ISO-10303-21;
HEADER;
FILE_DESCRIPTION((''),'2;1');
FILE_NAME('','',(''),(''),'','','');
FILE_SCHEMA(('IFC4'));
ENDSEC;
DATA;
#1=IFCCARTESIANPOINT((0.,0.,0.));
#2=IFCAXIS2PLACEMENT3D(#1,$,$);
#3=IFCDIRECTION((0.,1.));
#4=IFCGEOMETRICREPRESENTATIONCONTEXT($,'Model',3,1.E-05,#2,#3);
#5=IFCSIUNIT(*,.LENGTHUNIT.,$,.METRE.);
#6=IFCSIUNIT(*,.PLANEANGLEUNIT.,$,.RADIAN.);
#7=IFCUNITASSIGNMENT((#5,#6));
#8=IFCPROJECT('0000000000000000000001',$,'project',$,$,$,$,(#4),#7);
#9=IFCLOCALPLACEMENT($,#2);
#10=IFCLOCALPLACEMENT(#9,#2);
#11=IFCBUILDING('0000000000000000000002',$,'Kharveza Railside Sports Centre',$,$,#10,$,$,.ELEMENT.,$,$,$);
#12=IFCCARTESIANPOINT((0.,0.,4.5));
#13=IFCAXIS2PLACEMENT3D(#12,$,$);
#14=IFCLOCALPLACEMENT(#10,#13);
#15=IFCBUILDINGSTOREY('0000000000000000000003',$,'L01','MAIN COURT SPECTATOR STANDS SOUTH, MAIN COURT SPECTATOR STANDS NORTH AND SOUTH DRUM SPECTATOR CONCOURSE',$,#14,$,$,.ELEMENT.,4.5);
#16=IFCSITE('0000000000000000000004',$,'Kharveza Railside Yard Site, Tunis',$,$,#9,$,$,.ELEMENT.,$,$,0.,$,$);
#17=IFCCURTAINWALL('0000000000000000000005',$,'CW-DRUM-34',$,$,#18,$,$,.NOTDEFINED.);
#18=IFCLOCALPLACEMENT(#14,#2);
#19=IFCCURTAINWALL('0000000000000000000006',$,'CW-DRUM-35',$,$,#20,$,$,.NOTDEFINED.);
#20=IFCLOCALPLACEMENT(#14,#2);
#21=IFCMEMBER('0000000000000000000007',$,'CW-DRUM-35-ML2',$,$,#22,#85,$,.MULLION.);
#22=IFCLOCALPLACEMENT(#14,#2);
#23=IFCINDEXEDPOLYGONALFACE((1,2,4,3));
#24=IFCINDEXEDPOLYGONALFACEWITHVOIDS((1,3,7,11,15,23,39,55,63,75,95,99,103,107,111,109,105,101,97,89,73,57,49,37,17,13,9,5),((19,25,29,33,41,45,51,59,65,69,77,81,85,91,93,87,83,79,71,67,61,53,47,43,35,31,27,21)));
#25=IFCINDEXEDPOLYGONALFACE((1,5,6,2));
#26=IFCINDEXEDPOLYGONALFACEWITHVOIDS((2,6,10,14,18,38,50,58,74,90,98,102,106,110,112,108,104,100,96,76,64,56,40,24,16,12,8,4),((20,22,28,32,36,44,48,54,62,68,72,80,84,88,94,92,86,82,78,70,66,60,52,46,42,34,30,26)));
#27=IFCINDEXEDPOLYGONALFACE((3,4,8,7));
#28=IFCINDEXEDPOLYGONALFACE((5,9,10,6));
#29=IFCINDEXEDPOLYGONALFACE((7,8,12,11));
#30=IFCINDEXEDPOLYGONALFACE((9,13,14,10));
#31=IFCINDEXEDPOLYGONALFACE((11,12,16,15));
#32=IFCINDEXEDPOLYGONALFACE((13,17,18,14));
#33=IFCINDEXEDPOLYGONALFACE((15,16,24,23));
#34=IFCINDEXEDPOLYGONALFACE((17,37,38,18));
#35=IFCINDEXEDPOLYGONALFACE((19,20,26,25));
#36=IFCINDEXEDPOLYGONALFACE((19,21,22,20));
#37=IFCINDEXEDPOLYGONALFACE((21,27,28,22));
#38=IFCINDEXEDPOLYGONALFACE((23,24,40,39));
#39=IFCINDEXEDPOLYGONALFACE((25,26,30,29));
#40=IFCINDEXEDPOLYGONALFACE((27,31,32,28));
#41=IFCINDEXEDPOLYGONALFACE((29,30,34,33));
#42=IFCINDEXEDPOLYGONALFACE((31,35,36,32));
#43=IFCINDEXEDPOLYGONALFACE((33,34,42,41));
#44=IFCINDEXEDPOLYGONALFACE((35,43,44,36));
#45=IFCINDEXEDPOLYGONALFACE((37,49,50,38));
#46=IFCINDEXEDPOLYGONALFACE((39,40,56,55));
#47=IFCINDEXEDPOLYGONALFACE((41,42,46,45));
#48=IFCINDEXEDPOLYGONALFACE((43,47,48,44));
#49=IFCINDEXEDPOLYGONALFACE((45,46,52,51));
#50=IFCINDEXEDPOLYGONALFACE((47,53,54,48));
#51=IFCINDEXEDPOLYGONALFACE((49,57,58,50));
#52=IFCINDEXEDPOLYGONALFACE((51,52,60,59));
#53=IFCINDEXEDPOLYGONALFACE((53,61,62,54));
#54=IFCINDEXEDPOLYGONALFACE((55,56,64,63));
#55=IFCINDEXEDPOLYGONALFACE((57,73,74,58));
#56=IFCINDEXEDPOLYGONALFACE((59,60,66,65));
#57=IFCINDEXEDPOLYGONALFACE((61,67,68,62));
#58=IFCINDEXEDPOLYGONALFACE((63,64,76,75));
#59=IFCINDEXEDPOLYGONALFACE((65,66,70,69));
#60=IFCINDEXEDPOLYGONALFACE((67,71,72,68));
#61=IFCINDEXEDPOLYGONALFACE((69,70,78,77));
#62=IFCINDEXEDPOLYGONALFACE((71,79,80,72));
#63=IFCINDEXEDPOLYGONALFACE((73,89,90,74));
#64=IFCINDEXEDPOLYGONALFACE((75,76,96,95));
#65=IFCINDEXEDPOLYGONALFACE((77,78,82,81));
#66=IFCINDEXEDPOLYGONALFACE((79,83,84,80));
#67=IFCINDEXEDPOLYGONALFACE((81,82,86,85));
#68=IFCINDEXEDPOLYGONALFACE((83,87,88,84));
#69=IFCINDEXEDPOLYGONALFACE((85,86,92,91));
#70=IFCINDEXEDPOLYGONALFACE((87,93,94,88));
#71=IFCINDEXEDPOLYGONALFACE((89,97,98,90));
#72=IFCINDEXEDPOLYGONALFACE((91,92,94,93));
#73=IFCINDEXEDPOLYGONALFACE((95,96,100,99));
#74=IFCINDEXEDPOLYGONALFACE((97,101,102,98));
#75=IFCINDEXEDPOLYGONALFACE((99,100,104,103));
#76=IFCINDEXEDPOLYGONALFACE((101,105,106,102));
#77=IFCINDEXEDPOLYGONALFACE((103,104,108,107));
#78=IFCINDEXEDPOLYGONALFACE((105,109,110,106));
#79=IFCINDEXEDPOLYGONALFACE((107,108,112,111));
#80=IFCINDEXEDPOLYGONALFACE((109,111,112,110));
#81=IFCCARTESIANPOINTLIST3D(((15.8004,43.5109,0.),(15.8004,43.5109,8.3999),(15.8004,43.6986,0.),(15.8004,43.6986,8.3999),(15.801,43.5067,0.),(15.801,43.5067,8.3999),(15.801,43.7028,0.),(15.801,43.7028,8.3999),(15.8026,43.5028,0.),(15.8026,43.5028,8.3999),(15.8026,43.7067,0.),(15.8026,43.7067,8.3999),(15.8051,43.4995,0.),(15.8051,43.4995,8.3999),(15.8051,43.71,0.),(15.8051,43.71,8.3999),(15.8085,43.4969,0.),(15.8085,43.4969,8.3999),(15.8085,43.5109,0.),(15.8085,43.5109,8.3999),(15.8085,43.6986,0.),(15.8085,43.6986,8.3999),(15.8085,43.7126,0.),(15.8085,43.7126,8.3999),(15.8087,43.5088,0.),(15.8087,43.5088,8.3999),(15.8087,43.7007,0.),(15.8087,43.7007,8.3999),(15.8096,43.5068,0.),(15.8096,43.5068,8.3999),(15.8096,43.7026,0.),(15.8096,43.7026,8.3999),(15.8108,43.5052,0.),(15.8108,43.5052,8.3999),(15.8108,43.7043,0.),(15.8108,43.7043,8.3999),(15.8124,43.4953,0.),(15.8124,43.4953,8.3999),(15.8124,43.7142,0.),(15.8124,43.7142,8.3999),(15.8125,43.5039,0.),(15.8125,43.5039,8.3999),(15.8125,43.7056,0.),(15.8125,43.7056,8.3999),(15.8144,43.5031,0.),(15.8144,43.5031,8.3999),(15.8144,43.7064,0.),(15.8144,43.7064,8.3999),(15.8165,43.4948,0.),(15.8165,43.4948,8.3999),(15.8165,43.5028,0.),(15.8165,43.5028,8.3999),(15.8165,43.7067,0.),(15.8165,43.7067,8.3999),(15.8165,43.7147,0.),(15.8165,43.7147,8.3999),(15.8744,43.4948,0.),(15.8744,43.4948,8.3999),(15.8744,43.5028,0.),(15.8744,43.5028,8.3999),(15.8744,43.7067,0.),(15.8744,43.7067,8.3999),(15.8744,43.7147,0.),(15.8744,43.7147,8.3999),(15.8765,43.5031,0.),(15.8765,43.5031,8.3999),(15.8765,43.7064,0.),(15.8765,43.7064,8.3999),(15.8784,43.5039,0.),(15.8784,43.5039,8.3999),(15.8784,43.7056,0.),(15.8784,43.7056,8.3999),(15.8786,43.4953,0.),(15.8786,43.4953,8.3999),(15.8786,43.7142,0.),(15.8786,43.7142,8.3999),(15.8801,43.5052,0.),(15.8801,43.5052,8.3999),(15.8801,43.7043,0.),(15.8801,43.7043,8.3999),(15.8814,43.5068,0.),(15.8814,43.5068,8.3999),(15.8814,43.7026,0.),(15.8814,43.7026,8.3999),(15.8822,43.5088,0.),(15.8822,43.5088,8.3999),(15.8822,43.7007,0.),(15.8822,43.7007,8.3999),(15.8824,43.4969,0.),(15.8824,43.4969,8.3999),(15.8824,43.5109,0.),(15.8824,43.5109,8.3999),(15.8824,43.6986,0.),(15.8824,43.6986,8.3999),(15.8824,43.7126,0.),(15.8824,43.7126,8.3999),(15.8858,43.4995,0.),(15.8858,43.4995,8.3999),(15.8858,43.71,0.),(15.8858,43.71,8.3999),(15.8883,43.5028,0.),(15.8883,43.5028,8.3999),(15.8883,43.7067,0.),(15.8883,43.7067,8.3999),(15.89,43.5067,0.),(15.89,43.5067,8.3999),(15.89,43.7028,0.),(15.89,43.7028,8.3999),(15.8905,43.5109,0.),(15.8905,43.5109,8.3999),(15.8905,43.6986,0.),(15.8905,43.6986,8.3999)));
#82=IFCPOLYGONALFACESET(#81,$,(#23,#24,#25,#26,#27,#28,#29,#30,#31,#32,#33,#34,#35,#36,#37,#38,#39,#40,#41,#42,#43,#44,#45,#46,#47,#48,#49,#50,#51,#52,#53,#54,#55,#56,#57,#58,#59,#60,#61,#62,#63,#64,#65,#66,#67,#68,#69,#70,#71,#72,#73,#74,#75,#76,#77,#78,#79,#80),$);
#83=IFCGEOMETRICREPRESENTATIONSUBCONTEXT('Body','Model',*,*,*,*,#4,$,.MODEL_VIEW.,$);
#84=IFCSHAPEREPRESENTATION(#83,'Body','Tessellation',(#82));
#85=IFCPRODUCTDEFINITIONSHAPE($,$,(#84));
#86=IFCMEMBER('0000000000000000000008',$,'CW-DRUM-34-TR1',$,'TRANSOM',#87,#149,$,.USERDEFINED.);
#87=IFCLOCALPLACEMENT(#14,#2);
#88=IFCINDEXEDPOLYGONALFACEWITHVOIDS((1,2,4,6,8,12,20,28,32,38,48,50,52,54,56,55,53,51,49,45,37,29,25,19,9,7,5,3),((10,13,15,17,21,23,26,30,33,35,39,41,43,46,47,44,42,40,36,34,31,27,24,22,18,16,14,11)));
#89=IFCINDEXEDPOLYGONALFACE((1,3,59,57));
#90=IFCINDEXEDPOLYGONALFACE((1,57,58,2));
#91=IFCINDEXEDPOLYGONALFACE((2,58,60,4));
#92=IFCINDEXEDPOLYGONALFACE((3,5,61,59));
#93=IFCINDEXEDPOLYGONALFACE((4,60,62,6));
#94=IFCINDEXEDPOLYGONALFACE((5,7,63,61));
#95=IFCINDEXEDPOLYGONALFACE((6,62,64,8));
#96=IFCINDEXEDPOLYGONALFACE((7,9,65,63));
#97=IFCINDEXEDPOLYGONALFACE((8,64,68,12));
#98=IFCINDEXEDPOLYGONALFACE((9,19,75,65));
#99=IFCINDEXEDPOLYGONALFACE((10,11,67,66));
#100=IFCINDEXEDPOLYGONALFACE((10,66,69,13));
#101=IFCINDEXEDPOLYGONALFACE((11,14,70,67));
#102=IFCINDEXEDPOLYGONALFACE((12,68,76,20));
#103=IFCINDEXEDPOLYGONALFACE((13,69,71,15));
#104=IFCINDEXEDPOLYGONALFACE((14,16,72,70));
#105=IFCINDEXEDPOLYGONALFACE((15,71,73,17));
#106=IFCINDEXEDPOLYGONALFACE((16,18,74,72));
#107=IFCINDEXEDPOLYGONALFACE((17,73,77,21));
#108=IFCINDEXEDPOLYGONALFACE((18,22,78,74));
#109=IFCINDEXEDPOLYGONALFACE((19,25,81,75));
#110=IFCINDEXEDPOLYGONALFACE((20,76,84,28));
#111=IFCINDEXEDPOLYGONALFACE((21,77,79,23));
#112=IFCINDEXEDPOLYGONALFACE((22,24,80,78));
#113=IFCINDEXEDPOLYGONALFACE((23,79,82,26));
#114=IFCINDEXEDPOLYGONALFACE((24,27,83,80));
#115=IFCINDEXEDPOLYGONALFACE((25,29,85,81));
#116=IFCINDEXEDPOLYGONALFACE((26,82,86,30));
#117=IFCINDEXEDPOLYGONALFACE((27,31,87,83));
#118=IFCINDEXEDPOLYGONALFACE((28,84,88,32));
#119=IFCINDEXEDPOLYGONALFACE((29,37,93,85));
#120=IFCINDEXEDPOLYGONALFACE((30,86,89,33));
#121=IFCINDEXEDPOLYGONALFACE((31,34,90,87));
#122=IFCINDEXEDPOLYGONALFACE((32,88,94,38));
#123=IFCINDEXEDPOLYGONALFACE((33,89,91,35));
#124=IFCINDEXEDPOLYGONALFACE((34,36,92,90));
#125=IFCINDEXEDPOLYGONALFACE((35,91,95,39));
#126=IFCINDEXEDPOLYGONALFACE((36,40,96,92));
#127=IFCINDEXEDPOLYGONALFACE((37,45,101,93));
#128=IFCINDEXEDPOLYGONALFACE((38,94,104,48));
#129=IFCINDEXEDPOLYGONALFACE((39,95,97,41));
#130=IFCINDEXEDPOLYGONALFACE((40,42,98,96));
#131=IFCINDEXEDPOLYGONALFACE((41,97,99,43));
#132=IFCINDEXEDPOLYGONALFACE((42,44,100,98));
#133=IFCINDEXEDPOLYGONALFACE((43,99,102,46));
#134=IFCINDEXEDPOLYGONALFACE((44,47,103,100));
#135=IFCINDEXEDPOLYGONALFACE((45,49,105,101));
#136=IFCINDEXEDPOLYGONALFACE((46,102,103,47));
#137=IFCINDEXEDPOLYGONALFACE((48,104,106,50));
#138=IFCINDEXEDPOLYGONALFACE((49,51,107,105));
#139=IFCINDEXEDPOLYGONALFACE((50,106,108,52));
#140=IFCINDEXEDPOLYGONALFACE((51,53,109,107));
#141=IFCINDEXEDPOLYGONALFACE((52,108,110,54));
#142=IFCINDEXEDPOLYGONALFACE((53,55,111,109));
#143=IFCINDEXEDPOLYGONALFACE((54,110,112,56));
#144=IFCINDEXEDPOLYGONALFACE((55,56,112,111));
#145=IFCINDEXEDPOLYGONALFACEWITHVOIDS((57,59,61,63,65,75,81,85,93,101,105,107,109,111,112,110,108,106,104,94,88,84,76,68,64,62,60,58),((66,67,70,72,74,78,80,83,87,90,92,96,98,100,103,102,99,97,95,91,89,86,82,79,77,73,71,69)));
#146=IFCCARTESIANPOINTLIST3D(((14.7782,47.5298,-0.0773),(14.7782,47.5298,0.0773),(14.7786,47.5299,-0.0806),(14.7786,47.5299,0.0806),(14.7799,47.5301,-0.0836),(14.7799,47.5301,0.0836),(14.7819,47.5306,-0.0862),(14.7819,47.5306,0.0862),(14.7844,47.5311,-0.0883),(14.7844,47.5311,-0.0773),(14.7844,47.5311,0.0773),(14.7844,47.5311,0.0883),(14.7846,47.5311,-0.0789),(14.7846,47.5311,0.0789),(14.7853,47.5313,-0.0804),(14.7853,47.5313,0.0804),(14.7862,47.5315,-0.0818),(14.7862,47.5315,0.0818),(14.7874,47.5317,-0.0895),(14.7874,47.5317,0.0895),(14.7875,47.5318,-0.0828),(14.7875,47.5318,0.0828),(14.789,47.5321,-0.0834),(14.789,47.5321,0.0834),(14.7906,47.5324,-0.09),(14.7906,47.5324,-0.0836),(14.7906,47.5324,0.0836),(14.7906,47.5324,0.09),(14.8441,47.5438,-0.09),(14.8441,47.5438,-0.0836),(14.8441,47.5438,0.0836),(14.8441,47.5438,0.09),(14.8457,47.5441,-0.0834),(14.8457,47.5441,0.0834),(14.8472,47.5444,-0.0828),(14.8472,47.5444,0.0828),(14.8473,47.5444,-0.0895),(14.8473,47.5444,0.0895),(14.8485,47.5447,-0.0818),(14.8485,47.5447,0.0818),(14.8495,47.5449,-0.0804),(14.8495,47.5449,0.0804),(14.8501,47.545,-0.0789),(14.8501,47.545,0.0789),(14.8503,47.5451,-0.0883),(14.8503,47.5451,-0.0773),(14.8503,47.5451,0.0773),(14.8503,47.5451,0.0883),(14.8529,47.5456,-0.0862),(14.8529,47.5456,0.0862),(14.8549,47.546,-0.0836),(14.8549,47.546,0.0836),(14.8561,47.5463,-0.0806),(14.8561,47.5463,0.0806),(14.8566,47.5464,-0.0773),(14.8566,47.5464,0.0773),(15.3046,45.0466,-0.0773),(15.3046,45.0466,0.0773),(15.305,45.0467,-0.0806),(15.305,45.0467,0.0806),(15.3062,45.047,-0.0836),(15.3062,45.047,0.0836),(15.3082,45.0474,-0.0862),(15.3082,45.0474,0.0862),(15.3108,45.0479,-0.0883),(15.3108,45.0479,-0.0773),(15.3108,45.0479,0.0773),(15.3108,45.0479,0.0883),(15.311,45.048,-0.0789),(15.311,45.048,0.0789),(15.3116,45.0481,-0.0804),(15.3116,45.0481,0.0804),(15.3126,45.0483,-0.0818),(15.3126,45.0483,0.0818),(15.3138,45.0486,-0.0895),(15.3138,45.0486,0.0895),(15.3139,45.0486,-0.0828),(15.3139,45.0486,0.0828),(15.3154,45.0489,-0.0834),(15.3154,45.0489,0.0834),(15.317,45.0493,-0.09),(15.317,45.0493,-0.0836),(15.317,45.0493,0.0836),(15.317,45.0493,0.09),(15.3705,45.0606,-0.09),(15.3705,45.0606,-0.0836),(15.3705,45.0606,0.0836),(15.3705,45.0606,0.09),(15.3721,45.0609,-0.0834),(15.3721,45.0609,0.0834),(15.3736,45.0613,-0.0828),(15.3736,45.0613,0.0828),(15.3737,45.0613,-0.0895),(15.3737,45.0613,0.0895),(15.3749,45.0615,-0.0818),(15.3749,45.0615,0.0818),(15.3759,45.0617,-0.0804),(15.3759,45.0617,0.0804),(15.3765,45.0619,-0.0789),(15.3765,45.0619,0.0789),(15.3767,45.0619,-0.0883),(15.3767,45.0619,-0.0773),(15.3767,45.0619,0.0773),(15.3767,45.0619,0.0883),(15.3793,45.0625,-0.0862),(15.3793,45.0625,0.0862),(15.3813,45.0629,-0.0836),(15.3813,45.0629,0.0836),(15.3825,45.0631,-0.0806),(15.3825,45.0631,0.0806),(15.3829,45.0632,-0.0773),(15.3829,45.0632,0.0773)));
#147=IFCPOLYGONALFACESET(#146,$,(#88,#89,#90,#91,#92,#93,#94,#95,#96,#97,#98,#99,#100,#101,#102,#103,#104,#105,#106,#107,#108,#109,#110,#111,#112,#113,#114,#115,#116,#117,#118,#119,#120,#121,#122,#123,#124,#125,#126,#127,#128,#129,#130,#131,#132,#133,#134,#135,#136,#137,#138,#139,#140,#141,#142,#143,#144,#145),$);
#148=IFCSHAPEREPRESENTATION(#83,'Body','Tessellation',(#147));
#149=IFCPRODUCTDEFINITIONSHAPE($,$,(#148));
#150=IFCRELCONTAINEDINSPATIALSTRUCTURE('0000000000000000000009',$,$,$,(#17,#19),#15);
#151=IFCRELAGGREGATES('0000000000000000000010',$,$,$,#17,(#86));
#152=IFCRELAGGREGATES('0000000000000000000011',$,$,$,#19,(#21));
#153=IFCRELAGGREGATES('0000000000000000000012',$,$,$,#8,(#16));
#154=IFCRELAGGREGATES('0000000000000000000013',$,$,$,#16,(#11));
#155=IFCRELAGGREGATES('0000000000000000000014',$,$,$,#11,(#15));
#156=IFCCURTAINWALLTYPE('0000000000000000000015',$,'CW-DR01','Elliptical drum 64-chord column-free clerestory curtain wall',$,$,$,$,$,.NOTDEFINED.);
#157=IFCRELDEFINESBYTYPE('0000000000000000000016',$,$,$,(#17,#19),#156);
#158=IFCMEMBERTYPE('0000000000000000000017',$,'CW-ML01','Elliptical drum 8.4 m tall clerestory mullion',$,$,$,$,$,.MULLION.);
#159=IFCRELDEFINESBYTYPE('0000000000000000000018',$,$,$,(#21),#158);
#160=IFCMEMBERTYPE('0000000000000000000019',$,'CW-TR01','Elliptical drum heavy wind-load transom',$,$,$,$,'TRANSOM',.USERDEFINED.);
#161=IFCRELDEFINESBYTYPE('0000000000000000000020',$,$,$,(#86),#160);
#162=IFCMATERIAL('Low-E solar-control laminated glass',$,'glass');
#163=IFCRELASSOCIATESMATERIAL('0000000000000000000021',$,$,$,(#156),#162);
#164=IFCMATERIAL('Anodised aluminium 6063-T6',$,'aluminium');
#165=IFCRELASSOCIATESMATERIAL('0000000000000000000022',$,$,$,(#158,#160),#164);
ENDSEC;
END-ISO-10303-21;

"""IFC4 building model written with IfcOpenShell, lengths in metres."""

from ifc_helpers import new_model, si_unit, direction, frame, origin, origin_2d, place, context, subcontext, project, spatial, hollow_rectangle, extrude, material, material_profile, profile_set, type_object, element, aggregate, save


model = new_model("IFC4")

# Units and contexts
model_context = context("Model", 3, precision=1e-05, world=origin(), true_north=direction((0.0, 1.0)))
body_context = subcontext(model_context, "Body", "Model", "MODEL_VIEW")
ifc_project = project(units=[si_unit("LENGTHUNIT", "METRE"), si_unit("PLANEANGLEUNIT", "RADIAN")], contexts=[model_context])

# Site, building, storey
site_placement = place(None, origin())
site = spatial("IfcSite", under=ifc_project, at=site_placement, Name="Kharveza Railside Yard Site, Tunis", CompositionType="ELEMENT", RefElevation=0.0)
building_placement = place(site_placement, origin())
building = spatial("IfcBuilding", under=site, at=building_placement, Name="Kharveza Railside Sports Centre", CompositionType="ELEMENT")
storey_placement = place(building_placement, frame((0.0, 0.0, 4.5)))
storey = spatial("IfcBuildingStorey", under=building, at=storey_placement, Name="L01", Description="MAIN COURT SPECTATOR STANDS SOUTH, MAIN COURT SPECTATOR STANDS NORTH AND SOUTH DRUM SPECTATOR CONCOURSE", CompositionType="ELEMENT", Elevation=4.5)

# Curtain walls, member
ifc_material_1 = material(Name="Low-E solar-control laminated glass", Category="glass")
curtain_wall_type = type_object("IfcCurtainWallType", Name="CW-DR01", Description="Elliptical drum 64-chord column-free clerestory curtain wall", PredefinedType="NOTDEFINED", material=ifc_material_1)
ifc_material_2 = material(Name="Anodised aluminium 6063-T6", Category="aluminium")
ifc_material_profile_1 = material_profile(ifc_material_2, hollow_rectangle(XDim=0.0901, YDim=0.22, WallThickness=0.0081, InnerFilletRadius=0.0081, OuterFilletRadius=0.0161, at=origin_2d()), Name="RHS 90x220x8.0")
ifc_profile_set_1 = profile_set([ifc_material_profile_1], Name="Anodised aluminium 6063-T6")
member_type_1 = type_object("IfcMemberType", Name="CW-ML01", Description="Elliptical drum 8.4 m tall clerestory mullion", PredefinedType="MULLION", material=ifc_profile_set_1)
curtain_wall_1_placement = place(storey_placement, origin())
curtain_wall_1 = element("IfcCurtainWall", 1, at=curtain_wall_1_placement, inside=storey, type_object=curtain_wall_type, Name="CW-DRUM-34", PredefinedType="NOTDEFINED")
curtain_wall_2_placement = place(storey_placement, origin())
curtain_wall_2 = element("IfcCurtainWall", 2, at=curtain_wall_2_placement, inside=storey, type_object=curtain_wall_type, Name="CW-DRUM-35", PredefinedType="NOTDEFINED")
member_1_placement = place(storey_placement, frame((15.8455, 43.6047, 0.0), z_axis=(0.0, 0.0, 1.0), x_axis=(1.0, 0.0, 0.0)))
member_1 = element("IfcMember", 3, at=member_1_placement, type_object=member_type_1, Name="CW-DRUM-35-ML2", PredefinedType="MULLION", context=body_context, shape_type="SweptSolid", body=[
    extrude(hollow_rectangle(XDim=0.0901, YDim=0.22, WallThickness=0.0081, InnerFilletRadius=0.0081, OuterFilletRadius=0.0161, at=origin_2d()), origin(), (0.0, 0.0, 1.0), 8.3999),
])

# Member
ifc_material_profile_2 = material_profile(ifc_material_2, hollow_rectangle(XDim=0.0801, YDim=0.1799, WallThickness=0.0063, InnerFilletRadius=0.0063, OuterFilletRadius=0.0127, at=origin_2d()), Name="RHS 80x180x6.3")
ifc_profile_set_2 = profile_set([ifc_material_profile_2], Name="Anodised aluminium 6063-T6")
member_type_2 = type_object("IfcMemberType", Name="CW-TR01", Description="Elliptical drum heavy wind-load transom", ElementType="TRANSOM", PredefinedType="USERDEFINED", material=ifc_profile_set_2)
member_2_placement = place(storey_placement, frame((14.8174, 47.5381, 0.0), z_axis=(0.207368, -0.978263, 0.0), x_axis=(0.978263, 0.207368, 0.0)))
member_2 = element("IfcMember", 4, at=member_2_placement, type_object=member_type_2, Name="CW-DRUM-34-TR1", ObjectType="TRANSOM", PredefinedType="USERDEFINED", context=body_context, shape_type="SweptSolid", body=[
    extrude(hollow_rectangle(XDim=0.0801, YDim=0.1799, WallThickness=0.0063, InnerFilletRadius=0.0063, OuterFilletRadius=0.0127, at=origin_2d()), origin(), (0.0, 0.0, 1.0), 2.5383),
])

aggregate(curtain_wall_1, [member_2])
aggregate(curtain_wall_2, [member_1])

save(model, "model.ifc")
